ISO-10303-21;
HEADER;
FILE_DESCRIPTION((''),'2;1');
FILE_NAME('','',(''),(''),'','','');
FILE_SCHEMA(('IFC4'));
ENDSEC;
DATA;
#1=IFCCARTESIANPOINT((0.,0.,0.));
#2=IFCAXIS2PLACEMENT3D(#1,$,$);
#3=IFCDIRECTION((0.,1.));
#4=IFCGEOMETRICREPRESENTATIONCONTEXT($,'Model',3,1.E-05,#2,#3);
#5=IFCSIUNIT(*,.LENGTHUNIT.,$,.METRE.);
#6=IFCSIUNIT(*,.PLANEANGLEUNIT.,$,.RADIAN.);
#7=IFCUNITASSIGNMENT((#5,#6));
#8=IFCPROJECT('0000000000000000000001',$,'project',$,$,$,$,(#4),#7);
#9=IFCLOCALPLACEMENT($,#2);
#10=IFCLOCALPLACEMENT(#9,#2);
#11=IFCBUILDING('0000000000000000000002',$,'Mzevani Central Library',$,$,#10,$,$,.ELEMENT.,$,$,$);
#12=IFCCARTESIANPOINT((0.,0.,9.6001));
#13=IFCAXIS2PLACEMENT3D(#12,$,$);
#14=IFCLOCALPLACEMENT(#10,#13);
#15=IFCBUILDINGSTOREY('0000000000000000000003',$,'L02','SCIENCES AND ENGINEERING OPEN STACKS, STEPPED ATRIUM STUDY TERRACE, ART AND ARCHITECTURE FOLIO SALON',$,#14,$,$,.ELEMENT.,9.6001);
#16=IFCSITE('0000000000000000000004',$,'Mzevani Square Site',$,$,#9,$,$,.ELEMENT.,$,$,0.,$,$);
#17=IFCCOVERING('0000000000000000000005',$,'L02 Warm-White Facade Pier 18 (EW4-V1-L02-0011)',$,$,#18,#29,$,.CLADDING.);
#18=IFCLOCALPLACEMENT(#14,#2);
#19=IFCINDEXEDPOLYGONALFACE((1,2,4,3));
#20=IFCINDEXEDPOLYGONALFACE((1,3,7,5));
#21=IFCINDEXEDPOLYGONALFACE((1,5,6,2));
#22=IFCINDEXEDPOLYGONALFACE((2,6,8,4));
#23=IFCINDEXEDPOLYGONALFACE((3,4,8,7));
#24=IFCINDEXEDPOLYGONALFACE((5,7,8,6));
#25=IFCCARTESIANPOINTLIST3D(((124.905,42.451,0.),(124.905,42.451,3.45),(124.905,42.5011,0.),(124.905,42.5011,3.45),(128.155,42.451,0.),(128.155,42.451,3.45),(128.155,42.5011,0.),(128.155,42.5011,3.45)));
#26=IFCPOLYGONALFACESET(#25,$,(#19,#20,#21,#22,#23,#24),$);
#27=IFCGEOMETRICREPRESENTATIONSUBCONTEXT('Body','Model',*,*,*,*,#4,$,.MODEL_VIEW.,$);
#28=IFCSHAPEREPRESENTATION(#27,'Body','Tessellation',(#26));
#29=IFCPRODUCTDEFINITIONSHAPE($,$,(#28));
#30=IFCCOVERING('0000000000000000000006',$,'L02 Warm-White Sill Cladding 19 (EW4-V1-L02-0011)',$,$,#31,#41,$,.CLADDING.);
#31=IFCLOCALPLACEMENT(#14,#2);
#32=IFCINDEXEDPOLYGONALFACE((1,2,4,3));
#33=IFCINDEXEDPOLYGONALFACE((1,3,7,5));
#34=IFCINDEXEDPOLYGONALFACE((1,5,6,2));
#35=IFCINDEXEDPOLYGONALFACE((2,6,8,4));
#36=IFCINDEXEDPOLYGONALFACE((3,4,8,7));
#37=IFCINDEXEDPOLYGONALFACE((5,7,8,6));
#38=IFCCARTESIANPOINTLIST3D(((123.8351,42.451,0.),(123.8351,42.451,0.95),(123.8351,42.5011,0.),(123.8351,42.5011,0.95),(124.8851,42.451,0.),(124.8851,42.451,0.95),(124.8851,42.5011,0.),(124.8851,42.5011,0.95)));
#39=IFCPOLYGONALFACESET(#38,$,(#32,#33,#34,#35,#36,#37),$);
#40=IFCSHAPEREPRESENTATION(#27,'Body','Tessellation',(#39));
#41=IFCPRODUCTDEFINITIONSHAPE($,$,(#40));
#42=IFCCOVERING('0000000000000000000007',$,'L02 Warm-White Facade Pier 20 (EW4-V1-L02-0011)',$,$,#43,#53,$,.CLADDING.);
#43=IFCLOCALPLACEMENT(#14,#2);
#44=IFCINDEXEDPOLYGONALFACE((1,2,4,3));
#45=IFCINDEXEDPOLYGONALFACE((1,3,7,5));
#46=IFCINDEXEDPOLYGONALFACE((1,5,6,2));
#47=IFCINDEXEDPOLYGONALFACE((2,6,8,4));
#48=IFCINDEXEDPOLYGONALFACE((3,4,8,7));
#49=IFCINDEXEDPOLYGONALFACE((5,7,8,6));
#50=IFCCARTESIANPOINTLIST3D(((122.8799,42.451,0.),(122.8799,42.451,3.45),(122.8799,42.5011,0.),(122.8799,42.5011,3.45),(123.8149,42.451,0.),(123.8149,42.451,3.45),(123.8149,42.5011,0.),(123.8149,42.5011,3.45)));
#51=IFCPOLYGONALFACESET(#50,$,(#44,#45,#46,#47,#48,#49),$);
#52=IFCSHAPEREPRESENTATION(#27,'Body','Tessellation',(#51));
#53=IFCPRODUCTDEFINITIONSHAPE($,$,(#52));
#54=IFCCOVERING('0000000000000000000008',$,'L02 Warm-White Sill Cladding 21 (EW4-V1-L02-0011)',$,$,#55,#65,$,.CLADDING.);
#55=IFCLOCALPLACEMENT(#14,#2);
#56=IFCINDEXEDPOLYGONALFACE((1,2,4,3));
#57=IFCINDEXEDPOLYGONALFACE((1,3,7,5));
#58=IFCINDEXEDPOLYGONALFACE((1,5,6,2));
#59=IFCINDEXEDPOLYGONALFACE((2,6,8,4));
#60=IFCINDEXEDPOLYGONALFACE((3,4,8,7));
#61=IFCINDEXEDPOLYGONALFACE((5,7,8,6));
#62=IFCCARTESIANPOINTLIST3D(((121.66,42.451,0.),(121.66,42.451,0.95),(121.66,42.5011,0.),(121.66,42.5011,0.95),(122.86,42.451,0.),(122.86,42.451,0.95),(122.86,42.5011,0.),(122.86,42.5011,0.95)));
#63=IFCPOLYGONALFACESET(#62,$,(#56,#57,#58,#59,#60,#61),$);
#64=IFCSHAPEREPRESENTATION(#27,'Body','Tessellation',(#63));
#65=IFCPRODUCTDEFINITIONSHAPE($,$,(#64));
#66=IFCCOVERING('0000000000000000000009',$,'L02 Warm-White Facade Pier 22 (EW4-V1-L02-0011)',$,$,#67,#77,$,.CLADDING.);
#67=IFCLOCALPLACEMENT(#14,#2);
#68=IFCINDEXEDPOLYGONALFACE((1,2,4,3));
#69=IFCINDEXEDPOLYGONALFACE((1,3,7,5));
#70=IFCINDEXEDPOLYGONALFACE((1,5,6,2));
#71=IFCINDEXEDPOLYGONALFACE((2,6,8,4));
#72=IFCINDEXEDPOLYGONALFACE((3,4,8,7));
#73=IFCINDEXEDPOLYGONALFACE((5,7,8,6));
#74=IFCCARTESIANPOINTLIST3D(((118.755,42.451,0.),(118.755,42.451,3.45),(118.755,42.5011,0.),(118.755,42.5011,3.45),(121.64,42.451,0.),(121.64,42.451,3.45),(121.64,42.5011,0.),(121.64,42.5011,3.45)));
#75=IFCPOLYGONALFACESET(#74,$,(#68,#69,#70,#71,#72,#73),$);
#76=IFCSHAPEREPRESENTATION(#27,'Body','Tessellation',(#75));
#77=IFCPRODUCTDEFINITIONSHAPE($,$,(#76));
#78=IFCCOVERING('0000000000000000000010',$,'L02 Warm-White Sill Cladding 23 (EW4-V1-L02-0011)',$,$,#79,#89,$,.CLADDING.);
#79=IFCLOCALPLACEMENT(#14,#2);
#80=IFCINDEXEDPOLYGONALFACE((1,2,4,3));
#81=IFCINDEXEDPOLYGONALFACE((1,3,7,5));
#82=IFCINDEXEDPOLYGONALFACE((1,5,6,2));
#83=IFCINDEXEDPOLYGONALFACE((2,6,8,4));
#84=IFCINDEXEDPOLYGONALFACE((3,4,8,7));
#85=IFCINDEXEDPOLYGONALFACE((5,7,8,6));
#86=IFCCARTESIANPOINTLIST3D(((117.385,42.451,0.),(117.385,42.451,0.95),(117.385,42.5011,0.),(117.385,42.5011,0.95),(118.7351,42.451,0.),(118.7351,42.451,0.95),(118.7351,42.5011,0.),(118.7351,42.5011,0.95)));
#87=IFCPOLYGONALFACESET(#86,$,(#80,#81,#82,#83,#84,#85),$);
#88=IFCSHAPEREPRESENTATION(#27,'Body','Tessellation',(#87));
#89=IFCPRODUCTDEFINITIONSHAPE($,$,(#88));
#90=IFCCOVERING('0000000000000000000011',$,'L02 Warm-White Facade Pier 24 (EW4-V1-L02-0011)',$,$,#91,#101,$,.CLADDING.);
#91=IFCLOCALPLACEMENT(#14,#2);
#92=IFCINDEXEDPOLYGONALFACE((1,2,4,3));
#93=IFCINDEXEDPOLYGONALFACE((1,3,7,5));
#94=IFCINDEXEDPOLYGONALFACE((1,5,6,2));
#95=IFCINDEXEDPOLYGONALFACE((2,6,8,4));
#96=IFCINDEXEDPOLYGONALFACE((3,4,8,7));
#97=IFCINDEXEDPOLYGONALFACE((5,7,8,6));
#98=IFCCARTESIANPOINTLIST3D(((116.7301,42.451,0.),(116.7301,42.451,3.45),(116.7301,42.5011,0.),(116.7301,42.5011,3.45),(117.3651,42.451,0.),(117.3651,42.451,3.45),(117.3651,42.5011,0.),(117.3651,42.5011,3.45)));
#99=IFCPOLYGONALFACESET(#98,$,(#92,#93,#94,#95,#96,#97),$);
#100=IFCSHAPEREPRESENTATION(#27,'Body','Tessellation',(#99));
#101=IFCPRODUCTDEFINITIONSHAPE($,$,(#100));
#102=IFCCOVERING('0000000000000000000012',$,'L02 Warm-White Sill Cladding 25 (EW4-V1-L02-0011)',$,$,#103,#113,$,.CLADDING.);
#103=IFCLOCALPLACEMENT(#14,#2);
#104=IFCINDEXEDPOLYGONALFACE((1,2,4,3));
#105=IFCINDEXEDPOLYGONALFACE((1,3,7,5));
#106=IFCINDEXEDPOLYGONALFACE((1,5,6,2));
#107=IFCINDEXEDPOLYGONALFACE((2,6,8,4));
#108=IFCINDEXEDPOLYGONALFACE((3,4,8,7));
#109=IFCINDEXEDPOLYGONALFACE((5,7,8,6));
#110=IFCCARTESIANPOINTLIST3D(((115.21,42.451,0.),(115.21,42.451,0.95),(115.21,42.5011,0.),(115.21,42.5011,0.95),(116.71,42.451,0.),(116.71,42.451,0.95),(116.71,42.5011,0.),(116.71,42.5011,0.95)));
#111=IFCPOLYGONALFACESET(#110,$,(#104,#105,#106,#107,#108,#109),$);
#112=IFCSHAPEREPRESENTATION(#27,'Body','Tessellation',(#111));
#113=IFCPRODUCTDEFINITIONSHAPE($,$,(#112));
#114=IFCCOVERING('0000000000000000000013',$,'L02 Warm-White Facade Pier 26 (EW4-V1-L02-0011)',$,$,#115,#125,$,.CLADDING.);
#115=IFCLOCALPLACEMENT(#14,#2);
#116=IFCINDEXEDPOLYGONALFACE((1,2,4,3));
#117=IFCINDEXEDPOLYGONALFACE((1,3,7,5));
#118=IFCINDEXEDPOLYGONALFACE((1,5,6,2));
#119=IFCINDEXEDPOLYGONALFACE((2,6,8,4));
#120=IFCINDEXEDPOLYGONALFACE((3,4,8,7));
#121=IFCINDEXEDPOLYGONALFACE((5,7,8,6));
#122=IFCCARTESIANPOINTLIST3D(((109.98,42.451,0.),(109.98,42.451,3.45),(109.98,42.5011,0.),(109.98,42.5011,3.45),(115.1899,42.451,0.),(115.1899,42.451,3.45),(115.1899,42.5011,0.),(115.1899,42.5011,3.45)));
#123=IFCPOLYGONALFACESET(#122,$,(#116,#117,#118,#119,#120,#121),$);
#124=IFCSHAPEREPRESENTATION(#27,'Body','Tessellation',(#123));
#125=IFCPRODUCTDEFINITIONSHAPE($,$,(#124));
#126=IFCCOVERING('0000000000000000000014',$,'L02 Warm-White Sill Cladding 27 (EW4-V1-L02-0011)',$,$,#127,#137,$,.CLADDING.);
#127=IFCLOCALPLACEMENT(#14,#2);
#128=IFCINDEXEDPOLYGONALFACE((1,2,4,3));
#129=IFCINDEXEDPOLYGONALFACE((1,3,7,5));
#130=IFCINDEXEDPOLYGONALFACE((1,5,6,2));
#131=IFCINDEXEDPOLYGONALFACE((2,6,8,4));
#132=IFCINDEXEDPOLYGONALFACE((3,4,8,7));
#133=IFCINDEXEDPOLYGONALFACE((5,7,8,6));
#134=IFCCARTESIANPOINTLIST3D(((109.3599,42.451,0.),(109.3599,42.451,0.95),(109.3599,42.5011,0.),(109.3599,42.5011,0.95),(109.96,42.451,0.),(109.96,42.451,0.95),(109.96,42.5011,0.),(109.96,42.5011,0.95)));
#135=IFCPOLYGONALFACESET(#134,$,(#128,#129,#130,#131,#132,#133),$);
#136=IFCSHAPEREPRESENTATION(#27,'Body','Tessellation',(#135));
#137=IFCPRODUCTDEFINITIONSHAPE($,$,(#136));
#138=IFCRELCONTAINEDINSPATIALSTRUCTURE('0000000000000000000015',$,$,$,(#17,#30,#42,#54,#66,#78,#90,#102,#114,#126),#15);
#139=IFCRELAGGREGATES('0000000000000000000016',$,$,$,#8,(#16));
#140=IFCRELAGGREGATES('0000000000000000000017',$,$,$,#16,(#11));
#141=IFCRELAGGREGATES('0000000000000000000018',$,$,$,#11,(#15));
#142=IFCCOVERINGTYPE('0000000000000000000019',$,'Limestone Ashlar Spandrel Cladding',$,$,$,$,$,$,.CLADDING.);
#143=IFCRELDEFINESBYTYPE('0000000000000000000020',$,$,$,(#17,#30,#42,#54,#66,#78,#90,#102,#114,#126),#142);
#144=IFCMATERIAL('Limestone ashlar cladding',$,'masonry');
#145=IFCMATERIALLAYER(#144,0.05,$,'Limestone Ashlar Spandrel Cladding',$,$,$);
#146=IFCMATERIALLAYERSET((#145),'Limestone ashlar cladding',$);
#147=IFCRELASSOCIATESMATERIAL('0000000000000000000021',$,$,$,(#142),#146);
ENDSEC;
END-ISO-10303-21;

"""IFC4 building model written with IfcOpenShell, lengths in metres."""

from ifc_helpers import new_model, si_unit, direction, frame, origin, origin_2d, place, context, subcontext, project, spatial, rectangle, extrude, material, layer, layer_set, type_object, element, save


model = new_model("IFC4")

# Units and contexts
model_context = context("Model", 3, precision=1e-05, world=origin(), true_north=direction((0.0, 1.0)))
body_context = subcontext(model_context, "Body", "Model", "MODEL_VIEW")
ifc_project = project(units=[si_unit("LENGTHUNIT", "METRE"), si_unit("PLANEANGLEUNIT", "RADIAN")], contexts=[model_context])

# Site, building, storey
site_placement = place(None, origin())
site = spatial("IfcSite", under=ifc_project, at=site_placement, Name="Mzevani Square Site", CompositionType="ELEMENT", RefElevation=0.0)
building_placement = place(site_placement, origin())
building = spatial("IfcBuilding", under=site, at=building_placement, Name="Mzevani Central Library", CompositionType="ELEMENT")
storey_placement = place(building_placement, frame((0.0, 0.0, 9.6001)))
storey = spatial("IfcBuildingStorey", under=building, at=storey_placement, Name="L02", Description="SCIENCES AND ENGINEERING OPEN STACKS, STEPPED ATRIUM STUDY TERRACE, ART AND ARCHITECTURE FOLIO SALON", CompositionType="ELEMENT", Elevation=9.6001)

# Coverings
ifc_material_1 = material(Name="Limestone ashlar cladding", Category="masonry")
ifc_layer = layer(ifc_material_1, 0.05, Name="Limestone Ashlar Spandrel Cladding")
ifc_layer_set = layer_set([ifc_layer], Name="Limestone ashlar cladding")
covering_type = type_object("IfcCoveringType", Name="Limestone Ashlar Spandrel Cladding", PredefinedType="CLADDING", material=ifc_layer_set)
covering_1_placement = place(storey_placement, frame((126.53, 42.4761, 0.0), z_axis=(0.0, 0.0, 1.0), x_axis=(-1.0, 0.0, 0.0)))
element("IfcCovering", 1, at=covering_1_placement, inside=storey, type_object=covering_type, Name="L02 Warm-White Facade Pier 18 (EW4-V1-L02-0011)", PredefinedType="CLADDING", context=body_context, shape_type="SweptSolid", body=[
    extrude(rectangle(XDim=3.25, YDim=0.05, at=origin_2d()), origin(), (0.0, 0.0, 1.0), 3.45),
])
covering_2_placement = place(storey_placement, frame((124.3601, 42.4761, 0.0), z_axis=(0.0, 0.0, 1.0), x_axis=(-1.0, 0.0, 0.0)))
element("IfcCovering", 2, at=covering_2_placement, inside=storey, type_object=covering_type, Name="L02 Warm-White Sill Cladding 19 (EW4-V1-L02-0011)", PredefinedType="CLADDING", context=body_context, shape_type="SweptSolid", body=[
    extrude(rectangle(XDim=1.05, YDim=0.05, at=origin_2d()), origin(), (0.0, 0.0, 1.0), 0.95),
])
covering_3_placement = place(storey_placement, frame((123.3474, 42.4761, 0.0), z_axis=(0.0, 0.0, 1.0), x_axis=(-1.0, 0.0, 0.0)))
element("IfcCovering", 3, at=covering_3_placement, inside=storey, type_object=covering_type, Name="L02 Warm-White Facade Pier 20 (EW4-V1-L02-0011)", PredefinedType="CLADDING", context=body_context, shape_type="SweptSolid", body=[
    extrude(rectangle(XDim=0.9351, YDim=0.05, at=origin_2d()), origin(), (0.0, 0.0, 1.0), 3.45),
])
covering_4_placement = place(storey_placement, frame((122.26, 42.4761, 0.0), z_axis=(0.0, 0.0, 1.0), x_axis=(-1.0, 0.0, 0.0)))
element("IfcCovering", 4, at=covering_4_placement, inside=storey, type_object=covering_type, Name="L02 Warm-White Sill Cladding 21 (EW4-V1-L02-0011)", PredefinedType="CLADDING", context=body_context, shape_type="SweptSolid", body=[
    extrude(rectangle(XDim=1.2, YDim=0.05, at=origin_2d()), origin(), (0.0, 0.0, 1.0), 0.95),
])
covering_5_placement = place(storey_placement, frame((120.1975, 42.4761, 0.0), z_axis=(0.0, 0.0, 1.0), x_axis=(-1.0, 0.0, 0.0)))
element("IfcCovering", 5, at=covering_5_placement, inside=storey, type_object=covering_type, Name="L02 Warm-White Facade Pier 22 (EW4-V1-L02-0011)", PredefinedType="CLADDING", context=body_context, shape_type="SweptSolid", body=[
    extrude(rectangle(XDim=2.885, YDim=0.05, at=origin_2d()), origin(), (0.0, 0.0, 1.0), 3.45),
])
covering_6_placement = place(storey_placement, frame((118.0601, 42.4761, 0.0), z_axis=(0.0, 0.0, 1.0), x_axis=(-1.0, 0.0, 0.0)))
element("IfcCovering", 6, at=covering_6_placement, inside=storey, type_object=covering_type, Name="L02 Warm-White Sill Cladding 23 (EW4-V1-L02-0011)", PredefinedType="CLADDING", context=body_context, shape_type="SweptSolid", body=[
    extrude(rectangle(XDim=1.3501, YDim=0.05, at=origin_2d()), origin(), (0.0, 0.0, 1.0), 0.95),
])
covering_7_placement = place(storey_placement, frame((117.0476, 42.4761, 0.0), z_axis=(0.0, 0.0, 1.0), x_axis=(-1.0, 0.0, 0.0)))
element("IfcCovering", 7, at=covering_7_placement, inside=storey, type_object=covering_type, Name="L02 Warm-White Facade Pier 24 (EW4-V1-L02-0011)", PredefinedType="CLADDING", context=body_context, shape_type="SweptSolid", body=[
    extrude(rectangle(XDim=0.635, YDim=0.05, at=origin_2d()), origin(), (0.0, 0.0, 1.0), 3.45),
])
covering_8_placement = place(storey_placement, frame((115.96, 42.4761, 0.0), z_axis=(0.0, 0.0, 1.0), x_axis=(-1.0, 0.0, 0.0)))
element("IfcCovering", 8, at=covering_8_placement, inside=storey, type_object=covering_type, Name="L02 Warm-White Sill Cladding 25 (EW4-V1-L02-0011)", PredefinedType="CLADDING", context=body_context, shape_type="SweptSolid", body=[
    extrude(rectangle(XDim=1.5, YDim=0.05, at=origin_2d()), origin(), (0.0, 0.0, 1.0), 0.95),
])
covering_9_placement = place(storey_placement, frame((112.585, 42.4761, 0.0), z_axis=(0.0, 0.0, 1.0), x_axis=(-1.0, 0.0, 0.0)))
element("IfcCovering", 9, at=covering_9_placement, inside=storey, type_object=covering_type, Name="L02 Warm-White Facade Pier 26 (EW4-V1-L02-0011)", PredefinedType="CLADDING", context=body_context, shape_type="SweptSolid", body=[
    extrude(rectangle(XDim=5.21, YDim=0.05, at=origin_2d()), origin(), (0.0, 0.0, 1.0), 3.45),
])
covering_10_placement = place(storey_placement, frame((109.6599, 42.4761, 0.0), z_axis=(0.0, 0.0, 1.0), x_axis=(-1.0, 0.0, 0.0)))
element("IfcCovering", 10, at=covering_10_placement, inside=storey, type_object=covering_type, Name="L02 Warm-White Sill Cladding 27 (EW4-V1-L02-0011)", PredefinedType="CLADDING", context=body_context, shape_type="SweptSolid", body=[
    extrude(rectangle(XDim=0.6001, YDim=0.05, at=origin_2d()), origin(), (0.0, 0.0, 1.0), 0.95),
])

save(model, "model.ifc")
